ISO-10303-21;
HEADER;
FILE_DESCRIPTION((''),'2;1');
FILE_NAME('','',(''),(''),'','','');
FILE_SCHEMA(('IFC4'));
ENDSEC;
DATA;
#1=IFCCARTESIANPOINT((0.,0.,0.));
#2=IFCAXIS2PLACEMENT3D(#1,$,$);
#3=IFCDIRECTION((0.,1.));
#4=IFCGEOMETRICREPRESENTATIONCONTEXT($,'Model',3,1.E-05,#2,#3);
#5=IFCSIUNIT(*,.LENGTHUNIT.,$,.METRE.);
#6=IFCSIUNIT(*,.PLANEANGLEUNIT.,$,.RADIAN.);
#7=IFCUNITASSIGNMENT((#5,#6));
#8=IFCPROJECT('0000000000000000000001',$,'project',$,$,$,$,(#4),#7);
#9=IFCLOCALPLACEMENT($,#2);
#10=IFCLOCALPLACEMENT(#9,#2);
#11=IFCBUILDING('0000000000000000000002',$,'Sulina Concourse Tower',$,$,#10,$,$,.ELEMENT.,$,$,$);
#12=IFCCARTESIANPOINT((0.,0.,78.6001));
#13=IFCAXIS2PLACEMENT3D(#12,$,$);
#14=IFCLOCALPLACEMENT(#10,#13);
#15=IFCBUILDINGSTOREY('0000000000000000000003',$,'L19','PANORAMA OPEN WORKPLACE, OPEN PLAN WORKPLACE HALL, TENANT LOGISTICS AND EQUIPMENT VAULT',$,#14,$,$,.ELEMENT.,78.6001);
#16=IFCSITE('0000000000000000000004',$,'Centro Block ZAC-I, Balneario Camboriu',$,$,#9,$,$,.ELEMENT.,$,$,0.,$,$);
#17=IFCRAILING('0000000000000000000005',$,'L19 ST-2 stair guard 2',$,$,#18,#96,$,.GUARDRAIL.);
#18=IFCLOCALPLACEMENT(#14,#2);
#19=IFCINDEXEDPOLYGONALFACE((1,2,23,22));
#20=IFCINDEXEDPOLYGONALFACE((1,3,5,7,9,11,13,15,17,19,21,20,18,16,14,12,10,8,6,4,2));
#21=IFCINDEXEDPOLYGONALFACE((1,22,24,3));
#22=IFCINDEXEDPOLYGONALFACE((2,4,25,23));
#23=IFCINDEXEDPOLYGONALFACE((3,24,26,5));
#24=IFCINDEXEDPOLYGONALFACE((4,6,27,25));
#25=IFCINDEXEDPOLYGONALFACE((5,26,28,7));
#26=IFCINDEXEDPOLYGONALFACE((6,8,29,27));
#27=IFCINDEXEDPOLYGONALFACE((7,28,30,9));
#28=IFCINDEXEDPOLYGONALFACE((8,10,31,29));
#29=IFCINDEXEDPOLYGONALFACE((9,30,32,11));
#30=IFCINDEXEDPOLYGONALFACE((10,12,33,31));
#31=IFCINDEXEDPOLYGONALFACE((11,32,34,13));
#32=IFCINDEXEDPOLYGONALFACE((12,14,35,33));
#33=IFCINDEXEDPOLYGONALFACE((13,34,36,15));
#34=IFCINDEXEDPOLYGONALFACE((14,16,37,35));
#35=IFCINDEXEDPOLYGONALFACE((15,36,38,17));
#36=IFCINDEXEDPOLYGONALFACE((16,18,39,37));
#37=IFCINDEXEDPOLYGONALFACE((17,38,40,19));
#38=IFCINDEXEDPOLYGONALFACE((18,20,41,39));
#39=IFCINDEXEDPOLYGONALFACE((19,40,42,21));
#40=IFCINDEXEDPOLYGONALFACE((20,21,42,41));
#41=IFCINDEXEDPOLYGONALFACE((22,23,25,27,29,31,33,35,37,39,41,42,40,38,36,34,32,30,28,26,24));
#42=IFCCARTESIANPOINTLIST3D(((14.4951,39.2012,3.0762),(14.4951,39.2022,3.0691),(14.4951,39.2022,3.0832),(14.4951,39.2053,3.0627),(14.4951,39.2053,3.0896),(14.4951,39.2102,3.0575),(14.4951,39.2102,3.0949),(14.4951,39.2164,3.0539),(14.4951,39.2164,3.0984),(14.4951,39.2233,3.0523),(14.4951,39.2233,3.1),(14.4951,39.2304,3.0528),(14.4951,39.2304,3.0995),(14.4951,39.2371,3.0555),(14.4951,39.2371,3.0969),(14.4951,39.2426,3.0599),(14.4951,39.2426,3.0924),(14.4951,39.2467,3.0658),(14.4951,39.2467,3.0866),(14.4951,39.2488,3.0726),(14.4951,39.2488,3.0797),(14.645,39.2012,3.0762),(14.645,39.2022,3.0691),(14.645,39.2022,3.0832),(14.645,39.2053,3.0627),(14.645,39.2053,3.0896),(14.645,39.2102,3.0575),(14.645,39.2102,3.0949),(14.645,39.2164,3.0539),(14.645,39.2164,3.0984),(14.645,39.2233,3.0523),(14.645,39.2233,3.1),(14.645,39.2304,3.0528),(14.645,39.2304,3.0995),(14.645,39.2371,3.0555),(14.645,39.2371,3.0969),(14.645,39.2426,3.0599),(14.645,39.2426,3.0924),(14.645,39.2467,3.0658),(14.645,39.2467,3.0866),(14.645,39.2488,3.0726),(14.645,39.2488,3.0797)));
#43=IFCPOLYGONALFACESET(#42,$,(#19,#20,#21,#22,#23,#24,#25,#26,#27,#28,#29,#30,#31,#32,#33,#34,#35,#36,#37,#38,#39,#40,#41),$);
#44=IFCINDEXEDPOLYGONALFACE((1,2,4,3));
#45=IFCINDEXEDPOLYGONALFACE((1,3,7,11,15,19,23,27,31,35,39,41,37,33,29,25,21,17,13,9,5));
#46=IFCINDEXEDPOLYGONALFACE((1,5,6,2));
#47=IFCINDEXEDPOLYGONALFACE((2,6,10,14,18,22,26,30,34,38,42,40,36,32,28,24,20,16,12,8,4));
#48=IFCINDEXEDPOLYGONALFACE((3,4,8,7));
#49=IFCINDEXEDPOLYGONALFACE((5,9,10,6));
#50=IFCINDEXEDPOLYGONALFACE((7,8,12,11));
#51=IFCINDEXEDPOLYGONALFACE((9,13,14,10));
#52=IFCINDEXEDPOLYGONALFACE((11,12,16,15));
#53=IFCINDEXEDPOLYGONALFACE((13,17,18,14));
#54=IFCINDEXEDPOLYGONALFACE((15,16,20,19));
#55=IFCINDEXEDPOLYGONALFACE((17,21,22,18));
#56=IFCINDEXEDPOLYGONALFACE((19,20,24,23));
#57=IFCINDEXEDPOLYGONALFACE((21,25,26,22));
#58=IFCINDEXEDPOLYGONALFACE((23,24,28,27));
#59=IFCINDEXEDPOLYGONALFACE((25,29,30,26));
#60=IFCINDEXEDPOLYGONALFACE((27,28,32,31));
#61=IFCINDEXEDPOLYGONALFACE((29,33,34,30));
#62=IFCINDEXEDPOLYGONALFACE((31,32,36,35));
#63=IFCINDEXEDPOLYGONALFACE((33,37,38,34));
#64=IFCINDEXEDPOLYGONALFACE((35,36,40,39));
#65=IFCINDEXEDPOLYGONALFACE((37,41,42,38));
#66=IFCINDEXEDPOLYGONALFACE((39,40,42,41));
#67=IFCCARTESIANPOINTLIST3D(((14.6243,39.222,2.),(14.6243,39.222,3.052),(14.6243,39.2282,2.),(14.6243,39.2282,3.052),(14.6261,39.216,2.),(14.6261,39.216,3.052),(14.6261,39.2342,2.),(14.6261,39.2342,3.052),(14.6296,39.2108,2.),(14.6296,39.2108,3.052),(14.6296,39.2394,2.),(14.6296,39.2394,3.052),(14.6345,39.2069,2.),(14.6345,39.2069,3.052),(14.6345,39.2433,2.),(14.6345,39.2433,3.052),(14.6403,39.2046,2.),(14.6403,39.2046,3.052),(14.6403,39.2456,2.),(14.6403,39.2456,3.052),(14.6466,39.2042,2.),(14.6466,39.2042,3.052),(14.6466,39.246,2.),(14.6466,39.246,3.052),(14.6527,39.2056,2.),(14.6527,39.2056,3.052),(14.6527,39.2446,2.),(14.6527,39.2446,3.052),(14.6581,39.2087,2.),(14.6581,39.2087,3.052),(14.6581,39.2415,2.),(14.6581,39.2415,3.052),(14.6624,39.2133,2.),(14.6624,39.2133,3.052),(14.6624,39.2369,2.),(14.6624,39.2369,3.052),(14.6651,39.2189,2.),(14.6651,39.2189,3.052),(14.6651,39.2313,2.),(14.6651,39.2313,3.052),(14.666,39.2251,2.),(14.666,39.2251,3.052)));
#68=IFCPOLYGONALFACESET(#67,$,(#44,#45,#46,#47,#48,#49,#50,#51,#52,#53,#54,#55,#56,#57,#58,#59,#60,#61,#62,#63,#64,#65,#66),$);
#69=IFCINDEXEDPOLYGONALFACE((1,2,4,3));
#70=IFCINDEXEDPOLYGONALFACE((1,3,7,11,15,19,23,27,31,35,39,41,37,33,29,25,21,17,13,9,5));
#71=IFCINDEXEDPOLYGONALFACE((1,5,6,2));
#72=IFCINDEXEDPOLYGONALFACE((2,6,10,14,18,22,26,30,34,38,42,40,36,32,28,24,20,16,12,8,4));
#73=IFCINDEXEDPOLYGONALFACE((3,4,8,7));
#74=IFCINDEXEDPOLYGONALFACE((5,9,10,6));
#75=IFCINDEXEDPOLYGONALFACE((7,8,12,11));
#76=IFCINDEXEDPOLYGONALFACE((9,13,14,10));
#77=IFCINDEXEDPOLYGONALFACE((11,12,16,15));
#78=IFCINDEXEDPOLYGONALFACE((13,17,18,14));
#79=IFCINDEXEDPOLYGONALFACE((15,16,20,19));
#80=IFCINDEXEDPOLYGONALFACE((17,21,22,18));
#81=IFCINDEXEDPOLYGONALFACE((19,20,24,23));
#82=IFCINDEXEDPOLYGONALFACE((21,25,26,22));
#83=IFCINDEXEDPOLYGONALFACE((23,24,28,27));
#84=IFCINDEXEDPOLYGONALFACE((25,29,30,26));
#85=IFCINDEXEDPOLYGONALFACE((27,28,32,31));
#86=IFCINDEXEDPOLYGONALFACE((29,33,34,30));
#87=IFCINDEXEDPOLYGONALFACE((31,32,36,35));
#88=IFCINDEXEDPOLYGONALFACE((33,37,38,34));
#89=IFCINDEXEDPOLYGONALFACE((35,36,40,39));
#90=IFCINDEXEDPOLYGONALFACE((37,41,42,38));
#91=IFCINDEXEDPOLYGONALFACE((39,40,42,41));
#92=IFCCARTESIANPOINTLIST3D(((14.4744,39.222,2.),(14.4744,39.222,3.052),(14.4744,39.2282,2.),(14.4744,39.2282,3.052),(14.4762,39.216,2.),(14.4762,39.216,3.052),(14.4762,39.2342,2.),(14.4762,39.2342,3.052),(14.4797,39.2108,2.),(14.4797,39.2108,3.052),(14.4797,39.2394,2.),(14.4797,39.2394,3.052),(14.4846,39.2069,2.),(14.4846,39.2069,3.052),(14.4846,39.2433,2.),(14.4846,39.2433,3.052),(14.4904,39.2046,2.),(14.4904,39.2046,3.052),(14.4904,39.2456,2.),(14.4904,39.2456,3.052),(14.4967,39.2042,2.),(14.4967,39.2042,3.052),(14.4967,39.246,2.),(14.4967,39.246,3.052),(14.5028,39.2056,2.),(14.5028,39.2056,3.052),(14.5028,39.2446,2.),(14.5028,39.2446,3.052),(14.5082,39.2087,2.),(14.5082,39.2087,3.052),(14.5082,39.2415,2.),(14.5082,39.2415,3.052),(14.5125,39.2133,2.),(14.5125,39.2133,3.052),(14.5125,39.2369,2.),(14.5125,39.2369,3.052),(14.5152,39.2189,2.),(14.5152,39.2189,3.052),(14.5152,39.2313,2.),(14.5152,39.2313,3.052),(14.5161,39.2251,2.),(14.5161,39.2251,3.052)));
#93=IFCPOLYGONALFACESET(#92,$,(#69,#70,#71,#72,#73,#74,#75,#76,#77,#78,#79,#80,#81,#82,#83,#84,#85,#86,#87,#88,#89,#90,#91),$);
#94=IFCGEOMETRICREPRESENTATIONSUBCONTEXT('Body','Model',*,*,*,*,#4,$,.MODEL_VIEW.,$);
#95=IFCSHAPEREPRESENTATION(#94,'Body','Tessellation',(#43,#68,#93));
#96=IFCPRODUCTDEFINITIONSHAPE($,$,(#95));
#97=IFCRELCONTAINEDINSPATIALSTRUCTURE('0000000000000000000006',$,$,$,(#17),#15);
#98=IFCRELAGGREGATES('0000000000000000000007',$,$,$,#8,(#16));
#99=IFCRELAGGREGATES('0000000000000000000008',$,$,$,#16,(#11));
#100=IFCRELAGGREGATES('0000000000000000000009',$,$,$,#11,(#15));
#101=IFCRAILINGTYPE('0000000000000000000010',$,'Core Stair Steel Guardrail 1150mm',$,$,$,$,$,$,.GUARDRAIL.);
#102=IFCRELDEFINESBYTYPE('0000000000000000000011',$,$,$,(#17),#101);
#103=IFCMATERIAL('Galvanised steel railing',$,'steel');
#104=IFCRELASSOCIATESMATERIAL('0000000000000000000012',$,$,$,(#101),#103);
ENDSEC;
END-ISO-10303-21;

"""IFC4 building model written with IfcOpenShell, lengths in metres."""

from ifc_helpers import new_model, si_unit, direction, frame, origin, origin_2d, place, context, subcontext, project, spatial, circle, extrude, material, type_object, element, save


model = new_model("IFC4")

# Units and contexts
model_context = context("Model", 3, precision=1e-05, world=origin(), true_north=direction((0.0, 1.0)))
body_context = subcontext(model_context, "Body", "Model", "MODEL_VIEW")
ifc_project = project(units=[si_unit("LENGTHUNIT", "METRE"), si_unit("PLANEANGLEUNIT", "RADIAN")], contexts=[model_context])

# Site, building, storey
site_placement = place(None, origin())
site = spatial("IfcSite", under=ifc_project, at=site_placement, Name="Centro Block ZAC-I, Balneario Camboriu", CompositionType="ELEMENT", RefElevation=0.0)
building_placement = place(site_placement, origin())
building = spatial("IfcBuilding", under=site, at=building_placement, Name="Sulina Concourse Tower", CompositionType="ELEMENT")
storey_placement = place(building_placement, frame((0.0, 0.0, 78.6001)))
storey = spatial("IfcBuildingStorey", under=building, at=storey_placement, Name="L19", Description="PANORAMA OPEN WORKPLACE, OPEN PLAN WORKPLACE HALL, TENANT LOGISTICS AND EQUIPMENT VAULT", CompositionType="ELEMENT", Elevation=78.6001)

# Railing
ifc_material_1 = material(Name="Galvanised steel railing", Category="steel")
railing_type_1 = type_object("IfcRailingType", Name="Core Stair Steel Guardrail 1150mm", PredefinedType="GUARDRAIL", material=ifc_material_1)
railing_1_placement = place(storey_placement, frame((14.645, 39.2251, 2.0)))
element("IfcRailing", 1, at=railing_1_placement, inside=storey, type_object=railing_type_1, Name="L19 ST-2 stair guard 2", PredefinedType="GUARDRAIL", context=body_context, shape_type="SweptSolid", body=[
    extrude(circle(Radius=0.0239, at=origin_2d()), frame((0.0, 0.0, 1.0762), z_axis=(-1.0, 0.0, 0.0), x_axis=(0.0, -1.0, 0.0)), (0.0, 0.0, 1.0), 0.1499),
    extrude(circle(Radius=0.021, at=origin_2d()), origin(), (0.0, 0.0, 1.0), 1.052),
    extrude(circle(Radius=0.021, at=origin_2d()), frame((-0.1499, 0.0, 0.0)), (0.0, 0.0, 1.0), 1.052),
])

save(model, "model.ifc")
